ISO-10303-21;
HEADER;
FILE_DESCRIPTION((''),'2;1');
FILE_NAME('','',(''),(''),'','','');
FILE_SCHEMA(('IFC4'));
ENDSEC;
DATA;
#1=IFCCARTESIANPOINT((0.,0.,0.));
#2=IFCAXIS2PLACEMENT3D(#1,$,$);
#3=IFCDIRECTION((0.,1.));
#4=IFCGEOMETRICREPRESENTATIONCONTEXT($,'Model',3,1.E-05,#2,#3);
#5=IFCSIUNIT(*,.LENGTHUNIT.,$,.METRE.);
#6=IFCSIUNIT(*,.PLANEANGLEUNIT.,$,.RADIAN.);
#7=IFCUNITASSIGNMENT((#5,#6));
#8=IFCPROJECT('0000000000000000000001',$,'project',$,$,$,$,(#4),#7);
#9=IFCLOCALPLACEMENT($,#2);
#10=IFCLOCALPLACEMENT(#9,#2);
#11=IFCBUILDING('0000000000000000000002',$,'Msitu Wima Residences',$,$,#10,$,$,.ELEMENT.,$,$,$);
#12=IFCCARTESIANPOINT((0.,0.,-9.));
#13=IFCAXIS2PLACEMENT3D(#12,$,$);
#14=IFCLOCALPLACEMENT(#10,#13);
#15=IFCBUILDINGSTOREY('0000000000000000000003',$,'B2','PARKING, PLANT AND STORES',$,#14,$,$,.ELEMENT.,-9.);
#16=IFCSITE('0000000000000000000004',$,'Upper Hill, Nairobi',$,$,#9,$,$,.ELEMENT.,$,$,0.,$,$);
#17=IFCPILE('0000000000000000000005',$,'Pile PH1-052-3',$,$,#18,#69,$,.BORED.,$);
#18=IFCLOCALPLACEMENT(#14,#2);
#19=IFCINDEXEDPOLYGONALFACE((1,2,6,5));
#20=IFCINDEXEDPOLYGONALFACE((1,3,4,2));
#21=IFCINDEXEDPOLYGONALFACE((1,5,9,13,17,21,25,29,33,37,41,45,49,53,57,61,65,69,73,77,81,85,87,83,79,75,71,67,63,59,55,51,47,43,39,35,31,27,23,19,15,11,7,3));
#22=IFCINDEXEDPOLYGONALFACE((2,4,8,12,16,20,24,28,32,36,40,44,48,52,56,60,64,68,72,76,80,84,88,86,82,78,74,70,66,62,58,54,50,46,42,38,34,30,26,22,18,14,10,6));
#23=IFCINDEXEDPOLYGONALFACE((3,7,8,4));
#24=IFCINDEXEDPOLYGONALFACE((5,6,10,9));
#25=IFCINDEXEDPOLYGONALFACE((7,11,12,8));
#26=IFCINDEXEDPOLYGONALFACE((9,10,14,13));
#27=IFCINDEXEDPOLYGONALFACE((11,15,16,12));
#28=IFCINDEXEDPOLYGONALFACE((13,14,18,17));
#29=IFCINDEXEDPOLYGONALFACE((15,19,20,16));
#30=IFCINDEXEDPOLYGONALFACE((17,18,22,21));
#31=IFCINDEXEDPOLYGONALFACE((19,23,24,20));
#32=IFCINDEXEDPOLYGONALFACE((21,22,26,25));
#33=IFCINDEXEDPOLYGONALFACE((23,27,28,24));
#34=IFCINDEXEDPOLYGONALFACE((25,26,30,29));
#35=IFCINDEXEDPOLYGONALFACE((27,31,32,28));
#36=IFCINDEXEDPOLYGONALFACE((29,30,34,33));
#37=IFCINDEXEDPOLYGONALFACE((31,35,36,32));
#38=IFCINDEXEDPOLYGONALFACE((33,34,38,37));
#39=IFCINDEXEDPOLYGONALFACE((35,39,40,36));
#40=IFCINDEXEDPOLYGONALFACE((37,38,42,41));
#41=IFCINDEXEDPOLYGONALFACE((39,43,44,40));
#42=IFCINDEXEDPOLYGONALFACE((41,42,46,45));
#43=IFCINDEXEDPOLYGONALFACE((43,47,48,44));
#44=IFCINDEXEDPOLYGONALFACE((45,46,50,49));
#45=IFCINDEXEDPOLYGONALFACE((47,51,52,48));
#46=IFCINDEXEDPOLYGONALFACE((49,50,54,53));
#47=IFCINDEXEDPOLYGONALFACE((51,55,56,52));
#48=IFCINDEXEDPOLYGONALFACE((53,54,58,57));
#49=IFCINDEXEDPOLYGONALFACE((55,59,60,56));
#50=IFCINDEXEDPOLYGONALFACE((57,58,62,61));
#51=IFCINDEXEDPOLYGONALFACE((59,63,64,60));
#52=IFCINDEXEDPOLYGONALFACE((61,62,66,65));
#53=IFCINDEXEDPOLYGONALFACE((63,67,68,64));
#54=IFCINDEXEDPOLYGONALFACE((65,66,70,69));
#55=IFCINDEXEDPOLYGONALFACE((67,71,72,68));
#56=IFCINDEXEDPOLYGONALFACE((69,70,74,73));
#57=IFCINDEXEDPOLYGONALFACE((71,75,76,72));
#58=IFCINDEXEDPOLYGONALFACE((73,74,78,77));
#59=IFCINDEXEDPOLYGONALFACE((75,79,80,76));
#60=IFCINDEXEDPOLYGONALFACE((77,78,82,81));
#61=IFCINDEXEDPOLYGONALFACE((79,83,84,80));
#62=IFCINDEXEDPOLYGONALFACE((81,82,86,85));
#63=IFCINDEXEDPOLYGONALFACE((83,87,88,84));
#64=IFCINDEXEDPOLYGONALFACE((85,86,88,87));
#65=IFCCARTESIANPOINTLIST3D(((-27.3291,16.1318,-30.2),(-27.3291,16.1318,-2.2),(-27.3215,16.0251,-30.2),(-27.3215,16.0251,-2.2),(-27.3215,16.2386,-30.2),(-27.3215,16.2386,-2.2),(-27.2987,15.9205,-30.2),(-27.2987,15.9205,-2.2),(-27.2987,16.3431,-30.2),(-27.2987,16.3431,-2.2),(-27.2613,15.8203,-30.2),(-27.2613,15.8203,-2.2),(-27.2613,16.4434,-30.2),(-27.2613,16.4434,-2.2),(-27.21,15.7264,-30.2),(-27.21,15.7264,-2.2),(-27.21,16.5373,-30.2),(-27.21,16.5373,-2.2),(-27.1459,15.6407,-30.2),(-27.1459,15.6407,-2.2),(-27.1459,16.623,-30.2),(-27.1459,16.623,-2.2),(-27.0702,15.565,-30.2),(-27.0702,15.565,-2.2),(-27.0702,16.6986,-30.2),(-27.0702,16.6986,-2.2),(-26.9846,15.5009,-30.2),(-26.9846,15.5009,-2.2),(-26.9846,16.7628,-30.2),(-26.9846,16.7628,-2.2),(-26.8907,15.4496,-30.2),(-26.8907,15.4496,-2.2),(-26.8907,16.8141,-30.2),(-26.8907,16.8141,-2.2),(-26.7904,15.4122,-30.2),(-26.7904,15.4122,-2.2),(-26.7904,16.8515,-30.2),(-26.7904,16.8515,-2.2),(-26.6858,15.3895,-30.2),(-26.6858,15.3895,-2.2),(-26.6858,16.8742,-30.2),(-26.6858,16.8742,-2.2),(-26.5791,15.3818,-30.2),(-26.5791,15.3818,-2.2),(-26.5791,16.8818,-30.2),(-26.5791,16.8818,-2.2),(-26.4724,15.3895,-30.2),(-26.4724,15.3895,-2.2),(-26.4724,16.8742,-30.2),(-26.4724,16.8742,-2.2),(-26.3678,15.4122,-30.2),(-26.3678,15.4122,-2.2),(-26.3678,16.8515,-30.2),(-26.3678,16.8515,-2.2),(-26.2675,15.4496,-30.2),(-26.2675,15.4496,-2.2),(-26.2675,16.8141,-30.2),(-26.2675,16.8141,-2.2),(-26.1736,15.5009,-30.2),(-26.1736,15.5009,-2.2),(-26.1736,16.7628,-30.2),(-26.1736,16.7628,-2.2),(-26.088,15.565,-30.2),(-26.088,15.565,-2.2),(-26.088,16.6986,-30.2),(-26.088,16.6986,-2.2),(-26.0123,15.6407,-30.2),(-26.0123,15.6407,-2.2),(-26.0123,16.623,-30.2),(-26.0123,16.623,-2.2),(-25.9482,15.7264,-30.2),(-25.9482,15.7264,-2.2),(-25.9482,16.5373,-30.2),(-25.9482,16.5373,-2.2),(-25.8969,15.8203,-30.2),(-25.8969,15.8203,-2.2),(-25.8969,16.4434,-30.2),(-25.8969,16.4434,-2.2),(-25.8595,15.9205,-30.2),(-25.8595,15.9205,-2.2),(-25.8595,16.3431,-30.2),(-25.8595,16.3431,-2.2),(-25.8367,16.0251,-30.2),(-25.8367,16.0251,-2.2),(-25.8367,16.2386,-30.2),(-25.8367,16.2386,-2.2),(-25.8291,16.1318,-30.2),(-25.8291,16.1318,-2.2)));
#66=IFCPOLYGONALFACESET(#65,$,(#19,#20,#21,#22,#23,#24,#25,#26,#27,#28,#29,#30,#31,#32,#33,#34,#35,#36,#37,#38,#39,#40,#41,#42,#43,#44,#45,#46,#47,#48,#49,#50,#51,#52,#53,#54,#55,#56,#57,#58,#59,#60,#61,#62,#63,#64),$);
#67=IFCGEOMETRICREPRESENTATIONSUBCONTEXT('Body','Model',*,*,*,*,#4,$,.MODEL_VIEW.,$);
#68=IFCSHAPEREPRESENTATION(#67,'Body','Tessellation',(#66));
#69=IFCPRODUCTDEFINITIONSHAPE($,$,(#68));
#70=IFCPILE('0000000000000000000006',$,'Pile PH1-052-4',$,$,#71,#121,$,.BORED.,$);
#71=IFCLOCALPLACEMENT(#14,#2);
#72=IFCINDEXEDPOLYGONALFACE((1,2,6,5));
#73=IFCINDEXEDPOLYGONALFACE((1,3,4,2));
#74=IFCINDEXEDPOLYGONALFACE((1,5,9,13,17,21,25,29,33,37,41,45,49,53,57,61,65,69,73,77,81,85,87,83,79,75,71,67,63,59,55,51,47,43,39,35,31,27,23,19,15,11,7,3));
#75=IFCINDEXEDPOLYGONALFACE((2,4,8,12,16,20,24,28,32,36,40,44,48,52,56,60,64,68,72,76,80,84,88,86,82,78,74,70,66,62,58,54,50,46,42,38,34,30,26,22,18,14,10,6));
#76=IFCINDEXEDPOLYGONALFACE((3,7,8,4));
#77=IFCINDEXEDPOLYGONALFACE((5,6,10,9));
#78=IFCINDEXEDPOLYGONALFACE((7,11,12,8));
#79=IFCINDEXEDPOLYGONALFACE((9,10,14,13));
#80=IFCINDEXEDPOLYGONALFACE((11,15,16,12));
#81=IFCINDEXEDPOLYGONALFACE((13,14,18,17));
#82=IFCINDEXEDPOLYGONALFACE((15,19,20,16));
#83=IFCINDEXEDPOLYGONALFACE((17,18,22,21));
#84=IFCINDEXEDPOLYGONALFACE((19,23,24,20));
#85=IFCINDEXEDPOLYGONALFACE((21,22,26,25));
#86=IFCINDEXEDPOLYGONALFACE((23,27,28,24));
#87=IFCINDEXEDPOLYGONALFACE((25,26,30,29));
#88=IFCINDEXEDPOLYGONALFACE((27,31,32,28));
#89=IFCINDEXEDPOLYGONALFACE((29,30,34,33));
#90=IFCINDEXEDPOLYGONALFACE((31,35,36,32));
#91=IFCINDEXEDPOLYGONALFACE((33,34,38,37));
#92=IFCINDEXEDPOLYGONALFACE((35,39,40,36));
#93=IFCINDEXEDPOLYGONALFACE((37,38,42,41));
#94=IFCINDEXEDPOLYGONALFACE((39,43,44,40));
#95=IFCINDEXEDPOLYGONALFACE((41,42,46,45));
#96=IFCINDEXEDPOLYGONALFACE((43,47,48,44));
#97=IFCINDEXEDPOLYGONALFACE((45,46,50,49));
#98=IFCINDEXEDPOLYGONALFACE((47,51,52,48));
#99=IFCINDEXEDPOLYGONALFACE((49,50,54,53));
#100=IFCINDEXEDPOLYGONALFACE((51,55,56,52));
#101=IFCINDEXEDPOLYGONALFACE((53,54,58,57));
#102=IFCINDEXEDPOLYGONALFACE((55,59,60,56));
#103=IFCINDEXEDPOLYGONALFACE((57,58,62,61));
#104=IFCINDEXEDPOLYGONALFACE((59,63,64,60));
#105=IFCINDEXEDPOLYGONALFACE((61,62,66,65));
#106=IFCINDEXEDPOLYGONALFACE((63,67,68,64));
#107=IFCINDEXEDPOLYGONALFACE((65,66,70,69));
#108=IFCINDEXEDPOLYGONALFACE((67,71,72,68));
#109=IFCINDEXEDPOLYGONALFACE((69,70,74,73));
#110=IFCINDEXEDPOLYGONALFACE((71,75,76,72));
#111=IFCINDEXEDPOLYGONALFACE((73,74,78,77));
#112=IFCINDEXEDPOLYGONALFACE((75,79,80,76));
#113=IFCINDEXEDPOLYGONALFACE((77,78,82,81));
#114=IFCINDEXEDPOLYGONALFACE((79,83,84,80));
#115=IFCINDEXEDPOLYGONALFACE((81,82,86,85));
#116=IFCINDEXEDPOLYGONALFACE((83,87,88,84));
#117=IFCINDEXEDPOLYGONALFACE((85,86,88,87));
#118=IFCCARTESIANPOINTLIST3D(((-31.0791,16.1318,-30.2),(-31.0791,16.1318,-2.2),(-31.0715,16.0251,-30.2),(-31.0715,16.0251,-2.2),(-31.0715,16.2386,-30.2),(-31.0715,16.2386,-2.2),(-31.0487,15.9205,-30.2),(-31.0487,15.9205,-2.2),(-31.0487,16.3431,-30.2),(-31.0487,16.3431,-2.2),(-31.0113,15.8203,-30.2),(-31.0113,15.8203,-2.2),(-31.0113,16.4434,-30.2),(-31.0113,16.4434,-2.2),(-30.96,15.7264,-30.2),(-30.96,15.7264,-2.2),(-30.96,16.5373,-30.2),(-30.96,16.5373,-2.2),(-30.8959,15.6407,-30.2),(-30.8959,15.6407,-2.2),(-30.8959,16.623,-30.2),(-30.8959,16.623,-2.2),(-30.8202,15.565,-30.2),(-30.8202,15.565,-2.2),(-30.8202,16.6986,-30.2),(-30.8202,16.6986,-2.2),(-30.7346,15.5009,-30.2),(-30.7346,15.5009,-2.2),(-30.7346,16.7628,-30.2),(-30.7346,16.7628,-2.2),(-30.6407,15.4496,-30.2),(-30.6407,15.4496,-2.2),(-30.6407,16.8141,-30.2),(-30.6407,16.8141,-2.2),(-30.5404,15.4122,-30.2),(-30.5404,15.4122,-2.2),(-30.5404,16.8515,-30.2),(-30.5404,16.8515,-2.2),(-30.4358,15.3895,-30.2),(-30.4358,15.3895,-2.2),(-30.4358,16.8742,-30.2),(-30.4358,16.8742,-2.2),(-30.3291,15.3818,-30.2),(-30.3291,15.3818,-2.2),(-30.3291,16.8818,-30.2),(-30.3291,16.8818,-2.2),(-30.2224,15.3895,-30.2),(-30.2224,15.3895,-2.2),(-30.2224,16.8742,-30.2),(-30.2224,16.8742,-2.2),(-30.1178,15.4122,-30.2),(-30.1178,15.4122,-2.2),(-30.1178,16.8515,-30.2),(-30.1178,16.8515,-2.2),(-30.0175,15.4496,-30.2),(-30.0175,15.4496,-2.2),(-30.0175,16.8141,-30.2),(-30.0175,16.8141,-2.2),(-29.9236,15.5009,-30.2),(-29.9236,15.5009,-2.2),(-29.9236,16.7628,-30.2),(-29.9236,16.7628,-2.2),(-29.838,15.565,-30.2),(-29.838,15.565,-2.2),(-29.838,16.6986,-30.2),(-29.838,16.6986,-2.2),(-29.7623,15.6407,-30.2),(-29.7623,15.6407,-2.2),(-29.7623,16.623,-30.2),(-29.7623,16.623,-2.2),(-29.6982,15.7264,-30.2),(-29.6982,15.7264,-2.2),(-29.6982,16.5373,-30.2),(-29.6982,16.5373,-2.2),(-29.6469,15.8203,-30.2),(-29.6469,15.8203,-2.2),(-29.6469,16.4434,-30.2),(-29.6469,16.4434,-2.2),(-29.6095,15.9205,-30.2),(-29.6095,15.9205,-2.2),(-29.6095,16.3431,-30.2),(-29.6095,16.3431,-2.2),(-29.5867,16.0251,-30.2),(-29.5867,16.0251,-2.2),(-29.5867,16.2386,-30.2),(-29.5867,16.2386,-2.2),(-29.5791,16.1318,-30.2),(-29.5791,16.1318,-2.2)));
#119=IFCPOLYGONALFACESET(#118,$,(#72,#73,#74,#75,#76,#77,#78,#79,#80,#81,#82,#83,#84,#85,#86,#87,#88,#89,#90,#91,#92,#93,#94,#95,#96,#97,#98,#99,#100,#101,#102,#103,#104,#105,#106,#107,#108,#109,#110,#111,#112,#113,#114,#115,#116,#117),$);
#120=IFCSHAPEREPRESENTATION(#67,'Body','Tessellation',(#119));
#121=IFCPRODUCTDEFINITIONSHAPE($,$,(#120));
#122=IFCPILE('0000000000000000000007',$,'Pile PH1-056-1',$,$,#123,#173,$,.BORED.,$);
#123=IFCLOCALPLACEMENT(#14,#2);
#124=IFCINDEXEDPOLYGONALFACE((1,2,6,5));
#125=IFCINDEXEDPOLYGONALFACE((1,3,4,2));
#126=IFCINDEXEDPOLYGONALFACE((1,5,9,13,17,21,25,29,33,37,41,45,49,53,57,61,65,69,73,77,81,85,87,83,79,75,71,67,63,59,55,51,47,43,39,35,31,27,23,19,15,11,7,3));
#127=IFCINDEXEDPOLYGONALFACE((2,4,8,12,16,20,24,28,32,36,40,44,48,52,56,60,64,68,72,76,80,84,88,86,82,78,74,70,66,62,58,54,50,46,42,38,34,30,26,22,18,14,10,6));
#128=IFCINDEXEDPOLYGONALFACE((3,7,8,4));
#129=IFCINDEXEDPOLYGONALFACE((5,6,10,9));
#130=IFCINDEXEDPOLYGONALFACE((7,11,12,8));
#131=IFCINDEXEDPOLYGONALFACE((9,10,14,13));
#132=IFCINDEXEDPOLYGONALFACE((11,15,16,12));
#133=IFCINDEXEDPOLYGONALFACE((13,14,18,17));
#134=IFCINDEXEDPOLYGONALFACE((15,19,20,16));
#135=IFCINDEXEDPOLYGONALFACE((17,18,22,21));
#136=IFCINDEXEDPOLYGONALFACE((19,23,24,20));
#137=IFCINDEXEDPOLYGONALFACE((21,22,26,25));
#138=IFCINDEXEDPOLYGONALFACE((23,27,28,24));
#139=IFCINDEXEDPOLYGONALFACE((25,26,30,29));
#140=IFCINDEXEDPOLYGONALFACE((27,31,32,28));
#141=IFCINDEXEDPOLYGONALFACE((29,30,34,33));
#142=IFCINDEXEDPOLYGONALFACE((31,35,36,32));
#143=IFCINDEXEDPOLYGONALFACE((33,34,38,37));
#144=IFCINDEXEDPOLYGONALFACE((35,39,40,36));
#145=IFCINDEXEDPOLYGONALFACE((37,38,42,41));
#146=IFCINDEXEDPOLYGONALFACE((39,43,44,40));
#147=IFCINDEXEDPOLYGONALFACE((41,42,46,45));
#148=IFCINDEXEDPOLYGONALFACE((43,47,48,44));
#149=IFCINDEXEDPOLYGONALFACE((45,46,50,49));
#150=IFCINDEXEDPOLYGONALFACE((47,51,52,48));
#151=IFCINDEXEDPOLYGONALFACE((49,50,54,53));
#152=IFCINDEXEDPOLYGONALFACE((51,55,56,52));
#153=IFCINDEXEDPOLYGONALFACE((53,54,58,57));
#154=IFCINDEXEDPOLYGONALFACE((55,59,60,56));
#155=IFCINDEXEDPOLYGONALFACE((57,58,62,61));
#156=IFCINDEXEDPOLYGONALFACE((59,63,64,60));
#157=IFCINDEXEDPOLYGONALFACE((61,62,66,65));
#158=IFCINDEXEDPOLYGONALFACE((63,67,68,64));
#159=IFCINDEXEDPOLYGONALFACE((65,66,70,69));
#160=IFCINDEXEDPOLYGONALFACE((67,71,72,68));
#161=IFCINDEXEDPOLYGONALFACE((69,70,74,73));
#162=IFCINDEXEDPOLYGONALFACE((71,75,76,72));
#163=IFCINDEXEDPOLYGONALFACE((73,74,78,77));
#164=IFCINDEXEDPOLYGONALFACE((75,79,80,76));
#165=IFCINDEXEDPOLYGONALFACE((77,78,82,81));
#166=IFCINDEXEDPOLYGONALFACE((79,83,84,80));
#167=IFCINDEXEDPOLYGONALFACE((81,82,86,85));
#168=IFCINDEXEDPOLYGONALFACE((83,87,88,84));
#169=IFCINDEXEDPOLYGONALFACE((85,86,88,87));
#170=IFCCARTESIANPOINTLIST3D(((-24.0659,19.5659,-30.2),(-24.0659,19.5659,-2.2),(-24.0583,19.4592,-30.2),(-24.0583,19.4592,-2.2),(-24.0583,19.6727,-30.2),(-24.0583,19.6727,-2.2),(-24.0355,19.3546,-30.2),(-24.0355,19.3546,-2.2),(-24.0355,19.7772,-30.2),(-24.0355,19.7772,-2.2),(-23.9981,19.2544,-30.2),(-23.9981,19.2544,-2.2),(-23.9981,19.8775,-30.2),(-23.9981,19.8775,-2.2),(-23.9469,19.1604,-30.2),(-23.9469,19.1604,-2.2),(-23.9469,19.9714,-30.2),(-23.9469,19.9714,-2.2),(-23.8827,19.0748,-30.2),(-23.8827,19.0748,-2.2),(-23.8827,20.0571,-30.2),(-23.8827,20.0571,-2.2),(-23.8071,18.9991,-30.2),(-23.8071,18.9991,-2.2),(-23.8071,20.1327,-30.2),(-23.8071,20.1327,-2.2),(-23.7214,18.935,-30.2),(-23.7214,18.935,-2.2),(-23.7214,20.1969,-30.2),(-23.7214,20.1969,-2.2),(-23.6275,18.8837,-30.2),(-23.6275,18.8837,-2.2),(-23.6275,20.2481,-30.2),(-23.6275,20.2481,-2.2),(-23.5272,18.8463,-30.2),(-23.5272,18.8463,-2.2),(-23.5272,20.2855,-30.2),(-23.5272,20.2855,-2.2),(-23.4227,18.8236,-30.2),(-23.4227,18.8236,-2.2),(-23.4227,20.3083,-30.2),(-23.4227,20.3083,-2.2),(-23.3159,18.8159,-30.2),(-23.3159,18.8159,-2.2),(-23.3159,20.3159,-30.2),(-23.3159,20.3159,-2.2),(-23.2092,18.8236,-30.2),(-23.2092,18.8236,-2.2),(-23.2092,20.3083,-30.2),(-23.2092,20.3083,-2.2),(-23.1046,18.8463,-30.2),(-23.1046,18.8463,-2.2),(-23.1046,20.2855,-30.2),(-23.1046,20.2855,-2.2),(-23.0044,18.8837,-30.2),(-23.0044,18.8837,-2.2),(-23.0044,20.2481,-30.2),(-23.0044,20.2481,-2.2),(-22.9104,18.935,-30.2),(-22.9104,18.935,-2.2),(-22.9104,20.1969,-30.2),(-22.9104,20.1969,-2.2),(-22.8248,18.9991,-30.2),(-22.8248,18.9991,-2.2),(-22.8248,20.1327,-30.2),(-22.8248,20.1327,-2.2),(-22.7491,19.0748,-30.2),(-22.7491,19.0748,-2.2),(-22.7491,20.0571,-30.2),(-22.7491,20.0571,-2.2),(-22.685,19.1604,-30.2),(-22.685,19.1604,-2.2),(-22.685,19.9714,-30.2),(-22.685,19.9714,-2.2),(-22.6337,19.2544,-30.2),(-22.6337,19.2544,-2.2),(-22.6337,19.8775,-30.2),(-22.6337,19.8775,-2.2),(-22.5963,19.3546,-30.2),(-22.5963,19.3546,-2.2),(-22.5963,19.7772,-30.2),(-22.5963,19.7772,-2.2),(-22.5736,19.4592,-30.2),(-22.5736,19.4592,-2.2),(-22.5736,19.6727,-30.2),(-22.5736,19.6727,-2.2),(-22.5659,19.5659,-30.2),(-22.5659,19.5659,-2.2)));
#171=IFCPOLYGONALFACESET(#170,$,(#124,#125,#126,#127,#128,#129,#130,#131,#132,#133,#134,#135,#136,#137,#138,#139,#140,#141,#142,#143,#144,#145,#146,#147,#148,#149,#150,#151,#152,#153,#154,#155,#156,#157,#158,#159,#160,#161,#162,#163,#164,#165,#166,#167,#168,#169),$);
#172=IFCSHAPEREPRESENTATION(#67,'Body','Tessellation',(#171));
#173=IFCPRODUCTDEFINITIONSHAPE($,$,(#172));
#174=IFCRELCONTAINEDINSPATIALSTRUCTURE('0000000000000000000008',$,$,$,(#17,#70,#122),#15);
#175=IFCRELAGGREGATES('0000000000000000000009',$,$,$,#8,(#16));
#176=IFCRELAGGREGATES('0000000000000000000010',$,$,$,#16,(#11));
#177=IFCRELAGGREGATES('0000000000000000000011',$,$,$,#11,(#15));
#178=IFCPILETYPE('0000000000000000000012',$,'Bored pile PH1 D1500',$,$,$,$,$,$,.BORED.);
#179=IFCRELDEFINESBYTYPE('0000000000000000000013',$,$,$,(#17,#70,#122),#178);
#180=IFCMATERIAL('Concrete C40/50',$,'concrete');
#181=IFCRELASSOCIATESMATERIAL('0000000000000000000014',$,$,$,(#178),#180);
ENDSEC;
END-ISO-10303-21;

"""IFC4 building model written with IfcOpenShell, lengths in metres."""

from ifc_helpers import new_model, si_unit, direction, frame, origin, origin_2d, place, context, subcontext, project, spatial, circle, extrude, material, type_object, element, save


model = new_model("IFC4")

# Units and contexts
model_context = context("Model", 3, precision=1e-05, world=origin(), true_north=direction((0.0, 1.0)))
body_context = subcontext(model_context, "Body", "Model", "MODEL_VIEW")
ifc_project = project(units=[si_unit("LENGTHUNIT", "METRE"), si_unit("PLANEANGLEUNIT", "RADIAN")], contexts=[model_context])

# Site, building, storey
site_placement = place(None, origin())
site = spatial("IfcSite", under=ifc_project, at=site_placement, Name="Upper Hill, Nairobi", CompositionType="ELEMENT", RefElevation=0.0)
building_placement = place(site_placement, origin())
building = spatial("IfcBuilding", under=site, at=building_placement, Name="Msitu Wima Residences", CompositionType="ELEMENT")
storey_placement = place(building_placement, frame((0.0, 0.0, -9.0)))
storey = spatial("IfcBuildingStorey", under=building, at=storey_placement, Name="B2", Description="PARKING, PLANT AND STORES", CompositionType="ELEMENT", Elevation=-9.0)

# Piles
ifc_material_1 = material(Name="Concrete C40/50", Category="concrete")
pile_type_1 = type_object("IfcPileType", Name="Bored pile PH1 D1500", PredefinedType="BORED", material=ifc_material_1)
for number, where, z_axis, x_axis, name in (
    (1, (-26.5791, 16.1318, -2.2), (0.0, 0.0, -1.0), (1.0, 0.0, 0.0), "Pile PH1-052-3"),
    (2, (-30.3291, 16.1318, -2.2), (0.0, 0.0, -1.0), (1.0, 0.0, 0.0), "Pile PH1-052-4"),
    (3, (-23.3159, 19.5659, -2.2), (0.0, 0.0, -1.0), (1.0, 0.0, 0.0), "Pile PH1-056-1"),
):
    element("IfcPile", number, at=place(storey_placement, frame(where, z_axis=z_axis, x_axis=x_axis)), inside=storey, type_object=pile_type_1, Name=name, PredefinedType="BORED", context=body_context, shape_type="SweptSolid", body=[
        extrude(circle(Radius=0.75, at=origin_2d()), origin(), (0.0, 0.0, 1.0), 28.0),
    ])

save(model, "model.ifc")
